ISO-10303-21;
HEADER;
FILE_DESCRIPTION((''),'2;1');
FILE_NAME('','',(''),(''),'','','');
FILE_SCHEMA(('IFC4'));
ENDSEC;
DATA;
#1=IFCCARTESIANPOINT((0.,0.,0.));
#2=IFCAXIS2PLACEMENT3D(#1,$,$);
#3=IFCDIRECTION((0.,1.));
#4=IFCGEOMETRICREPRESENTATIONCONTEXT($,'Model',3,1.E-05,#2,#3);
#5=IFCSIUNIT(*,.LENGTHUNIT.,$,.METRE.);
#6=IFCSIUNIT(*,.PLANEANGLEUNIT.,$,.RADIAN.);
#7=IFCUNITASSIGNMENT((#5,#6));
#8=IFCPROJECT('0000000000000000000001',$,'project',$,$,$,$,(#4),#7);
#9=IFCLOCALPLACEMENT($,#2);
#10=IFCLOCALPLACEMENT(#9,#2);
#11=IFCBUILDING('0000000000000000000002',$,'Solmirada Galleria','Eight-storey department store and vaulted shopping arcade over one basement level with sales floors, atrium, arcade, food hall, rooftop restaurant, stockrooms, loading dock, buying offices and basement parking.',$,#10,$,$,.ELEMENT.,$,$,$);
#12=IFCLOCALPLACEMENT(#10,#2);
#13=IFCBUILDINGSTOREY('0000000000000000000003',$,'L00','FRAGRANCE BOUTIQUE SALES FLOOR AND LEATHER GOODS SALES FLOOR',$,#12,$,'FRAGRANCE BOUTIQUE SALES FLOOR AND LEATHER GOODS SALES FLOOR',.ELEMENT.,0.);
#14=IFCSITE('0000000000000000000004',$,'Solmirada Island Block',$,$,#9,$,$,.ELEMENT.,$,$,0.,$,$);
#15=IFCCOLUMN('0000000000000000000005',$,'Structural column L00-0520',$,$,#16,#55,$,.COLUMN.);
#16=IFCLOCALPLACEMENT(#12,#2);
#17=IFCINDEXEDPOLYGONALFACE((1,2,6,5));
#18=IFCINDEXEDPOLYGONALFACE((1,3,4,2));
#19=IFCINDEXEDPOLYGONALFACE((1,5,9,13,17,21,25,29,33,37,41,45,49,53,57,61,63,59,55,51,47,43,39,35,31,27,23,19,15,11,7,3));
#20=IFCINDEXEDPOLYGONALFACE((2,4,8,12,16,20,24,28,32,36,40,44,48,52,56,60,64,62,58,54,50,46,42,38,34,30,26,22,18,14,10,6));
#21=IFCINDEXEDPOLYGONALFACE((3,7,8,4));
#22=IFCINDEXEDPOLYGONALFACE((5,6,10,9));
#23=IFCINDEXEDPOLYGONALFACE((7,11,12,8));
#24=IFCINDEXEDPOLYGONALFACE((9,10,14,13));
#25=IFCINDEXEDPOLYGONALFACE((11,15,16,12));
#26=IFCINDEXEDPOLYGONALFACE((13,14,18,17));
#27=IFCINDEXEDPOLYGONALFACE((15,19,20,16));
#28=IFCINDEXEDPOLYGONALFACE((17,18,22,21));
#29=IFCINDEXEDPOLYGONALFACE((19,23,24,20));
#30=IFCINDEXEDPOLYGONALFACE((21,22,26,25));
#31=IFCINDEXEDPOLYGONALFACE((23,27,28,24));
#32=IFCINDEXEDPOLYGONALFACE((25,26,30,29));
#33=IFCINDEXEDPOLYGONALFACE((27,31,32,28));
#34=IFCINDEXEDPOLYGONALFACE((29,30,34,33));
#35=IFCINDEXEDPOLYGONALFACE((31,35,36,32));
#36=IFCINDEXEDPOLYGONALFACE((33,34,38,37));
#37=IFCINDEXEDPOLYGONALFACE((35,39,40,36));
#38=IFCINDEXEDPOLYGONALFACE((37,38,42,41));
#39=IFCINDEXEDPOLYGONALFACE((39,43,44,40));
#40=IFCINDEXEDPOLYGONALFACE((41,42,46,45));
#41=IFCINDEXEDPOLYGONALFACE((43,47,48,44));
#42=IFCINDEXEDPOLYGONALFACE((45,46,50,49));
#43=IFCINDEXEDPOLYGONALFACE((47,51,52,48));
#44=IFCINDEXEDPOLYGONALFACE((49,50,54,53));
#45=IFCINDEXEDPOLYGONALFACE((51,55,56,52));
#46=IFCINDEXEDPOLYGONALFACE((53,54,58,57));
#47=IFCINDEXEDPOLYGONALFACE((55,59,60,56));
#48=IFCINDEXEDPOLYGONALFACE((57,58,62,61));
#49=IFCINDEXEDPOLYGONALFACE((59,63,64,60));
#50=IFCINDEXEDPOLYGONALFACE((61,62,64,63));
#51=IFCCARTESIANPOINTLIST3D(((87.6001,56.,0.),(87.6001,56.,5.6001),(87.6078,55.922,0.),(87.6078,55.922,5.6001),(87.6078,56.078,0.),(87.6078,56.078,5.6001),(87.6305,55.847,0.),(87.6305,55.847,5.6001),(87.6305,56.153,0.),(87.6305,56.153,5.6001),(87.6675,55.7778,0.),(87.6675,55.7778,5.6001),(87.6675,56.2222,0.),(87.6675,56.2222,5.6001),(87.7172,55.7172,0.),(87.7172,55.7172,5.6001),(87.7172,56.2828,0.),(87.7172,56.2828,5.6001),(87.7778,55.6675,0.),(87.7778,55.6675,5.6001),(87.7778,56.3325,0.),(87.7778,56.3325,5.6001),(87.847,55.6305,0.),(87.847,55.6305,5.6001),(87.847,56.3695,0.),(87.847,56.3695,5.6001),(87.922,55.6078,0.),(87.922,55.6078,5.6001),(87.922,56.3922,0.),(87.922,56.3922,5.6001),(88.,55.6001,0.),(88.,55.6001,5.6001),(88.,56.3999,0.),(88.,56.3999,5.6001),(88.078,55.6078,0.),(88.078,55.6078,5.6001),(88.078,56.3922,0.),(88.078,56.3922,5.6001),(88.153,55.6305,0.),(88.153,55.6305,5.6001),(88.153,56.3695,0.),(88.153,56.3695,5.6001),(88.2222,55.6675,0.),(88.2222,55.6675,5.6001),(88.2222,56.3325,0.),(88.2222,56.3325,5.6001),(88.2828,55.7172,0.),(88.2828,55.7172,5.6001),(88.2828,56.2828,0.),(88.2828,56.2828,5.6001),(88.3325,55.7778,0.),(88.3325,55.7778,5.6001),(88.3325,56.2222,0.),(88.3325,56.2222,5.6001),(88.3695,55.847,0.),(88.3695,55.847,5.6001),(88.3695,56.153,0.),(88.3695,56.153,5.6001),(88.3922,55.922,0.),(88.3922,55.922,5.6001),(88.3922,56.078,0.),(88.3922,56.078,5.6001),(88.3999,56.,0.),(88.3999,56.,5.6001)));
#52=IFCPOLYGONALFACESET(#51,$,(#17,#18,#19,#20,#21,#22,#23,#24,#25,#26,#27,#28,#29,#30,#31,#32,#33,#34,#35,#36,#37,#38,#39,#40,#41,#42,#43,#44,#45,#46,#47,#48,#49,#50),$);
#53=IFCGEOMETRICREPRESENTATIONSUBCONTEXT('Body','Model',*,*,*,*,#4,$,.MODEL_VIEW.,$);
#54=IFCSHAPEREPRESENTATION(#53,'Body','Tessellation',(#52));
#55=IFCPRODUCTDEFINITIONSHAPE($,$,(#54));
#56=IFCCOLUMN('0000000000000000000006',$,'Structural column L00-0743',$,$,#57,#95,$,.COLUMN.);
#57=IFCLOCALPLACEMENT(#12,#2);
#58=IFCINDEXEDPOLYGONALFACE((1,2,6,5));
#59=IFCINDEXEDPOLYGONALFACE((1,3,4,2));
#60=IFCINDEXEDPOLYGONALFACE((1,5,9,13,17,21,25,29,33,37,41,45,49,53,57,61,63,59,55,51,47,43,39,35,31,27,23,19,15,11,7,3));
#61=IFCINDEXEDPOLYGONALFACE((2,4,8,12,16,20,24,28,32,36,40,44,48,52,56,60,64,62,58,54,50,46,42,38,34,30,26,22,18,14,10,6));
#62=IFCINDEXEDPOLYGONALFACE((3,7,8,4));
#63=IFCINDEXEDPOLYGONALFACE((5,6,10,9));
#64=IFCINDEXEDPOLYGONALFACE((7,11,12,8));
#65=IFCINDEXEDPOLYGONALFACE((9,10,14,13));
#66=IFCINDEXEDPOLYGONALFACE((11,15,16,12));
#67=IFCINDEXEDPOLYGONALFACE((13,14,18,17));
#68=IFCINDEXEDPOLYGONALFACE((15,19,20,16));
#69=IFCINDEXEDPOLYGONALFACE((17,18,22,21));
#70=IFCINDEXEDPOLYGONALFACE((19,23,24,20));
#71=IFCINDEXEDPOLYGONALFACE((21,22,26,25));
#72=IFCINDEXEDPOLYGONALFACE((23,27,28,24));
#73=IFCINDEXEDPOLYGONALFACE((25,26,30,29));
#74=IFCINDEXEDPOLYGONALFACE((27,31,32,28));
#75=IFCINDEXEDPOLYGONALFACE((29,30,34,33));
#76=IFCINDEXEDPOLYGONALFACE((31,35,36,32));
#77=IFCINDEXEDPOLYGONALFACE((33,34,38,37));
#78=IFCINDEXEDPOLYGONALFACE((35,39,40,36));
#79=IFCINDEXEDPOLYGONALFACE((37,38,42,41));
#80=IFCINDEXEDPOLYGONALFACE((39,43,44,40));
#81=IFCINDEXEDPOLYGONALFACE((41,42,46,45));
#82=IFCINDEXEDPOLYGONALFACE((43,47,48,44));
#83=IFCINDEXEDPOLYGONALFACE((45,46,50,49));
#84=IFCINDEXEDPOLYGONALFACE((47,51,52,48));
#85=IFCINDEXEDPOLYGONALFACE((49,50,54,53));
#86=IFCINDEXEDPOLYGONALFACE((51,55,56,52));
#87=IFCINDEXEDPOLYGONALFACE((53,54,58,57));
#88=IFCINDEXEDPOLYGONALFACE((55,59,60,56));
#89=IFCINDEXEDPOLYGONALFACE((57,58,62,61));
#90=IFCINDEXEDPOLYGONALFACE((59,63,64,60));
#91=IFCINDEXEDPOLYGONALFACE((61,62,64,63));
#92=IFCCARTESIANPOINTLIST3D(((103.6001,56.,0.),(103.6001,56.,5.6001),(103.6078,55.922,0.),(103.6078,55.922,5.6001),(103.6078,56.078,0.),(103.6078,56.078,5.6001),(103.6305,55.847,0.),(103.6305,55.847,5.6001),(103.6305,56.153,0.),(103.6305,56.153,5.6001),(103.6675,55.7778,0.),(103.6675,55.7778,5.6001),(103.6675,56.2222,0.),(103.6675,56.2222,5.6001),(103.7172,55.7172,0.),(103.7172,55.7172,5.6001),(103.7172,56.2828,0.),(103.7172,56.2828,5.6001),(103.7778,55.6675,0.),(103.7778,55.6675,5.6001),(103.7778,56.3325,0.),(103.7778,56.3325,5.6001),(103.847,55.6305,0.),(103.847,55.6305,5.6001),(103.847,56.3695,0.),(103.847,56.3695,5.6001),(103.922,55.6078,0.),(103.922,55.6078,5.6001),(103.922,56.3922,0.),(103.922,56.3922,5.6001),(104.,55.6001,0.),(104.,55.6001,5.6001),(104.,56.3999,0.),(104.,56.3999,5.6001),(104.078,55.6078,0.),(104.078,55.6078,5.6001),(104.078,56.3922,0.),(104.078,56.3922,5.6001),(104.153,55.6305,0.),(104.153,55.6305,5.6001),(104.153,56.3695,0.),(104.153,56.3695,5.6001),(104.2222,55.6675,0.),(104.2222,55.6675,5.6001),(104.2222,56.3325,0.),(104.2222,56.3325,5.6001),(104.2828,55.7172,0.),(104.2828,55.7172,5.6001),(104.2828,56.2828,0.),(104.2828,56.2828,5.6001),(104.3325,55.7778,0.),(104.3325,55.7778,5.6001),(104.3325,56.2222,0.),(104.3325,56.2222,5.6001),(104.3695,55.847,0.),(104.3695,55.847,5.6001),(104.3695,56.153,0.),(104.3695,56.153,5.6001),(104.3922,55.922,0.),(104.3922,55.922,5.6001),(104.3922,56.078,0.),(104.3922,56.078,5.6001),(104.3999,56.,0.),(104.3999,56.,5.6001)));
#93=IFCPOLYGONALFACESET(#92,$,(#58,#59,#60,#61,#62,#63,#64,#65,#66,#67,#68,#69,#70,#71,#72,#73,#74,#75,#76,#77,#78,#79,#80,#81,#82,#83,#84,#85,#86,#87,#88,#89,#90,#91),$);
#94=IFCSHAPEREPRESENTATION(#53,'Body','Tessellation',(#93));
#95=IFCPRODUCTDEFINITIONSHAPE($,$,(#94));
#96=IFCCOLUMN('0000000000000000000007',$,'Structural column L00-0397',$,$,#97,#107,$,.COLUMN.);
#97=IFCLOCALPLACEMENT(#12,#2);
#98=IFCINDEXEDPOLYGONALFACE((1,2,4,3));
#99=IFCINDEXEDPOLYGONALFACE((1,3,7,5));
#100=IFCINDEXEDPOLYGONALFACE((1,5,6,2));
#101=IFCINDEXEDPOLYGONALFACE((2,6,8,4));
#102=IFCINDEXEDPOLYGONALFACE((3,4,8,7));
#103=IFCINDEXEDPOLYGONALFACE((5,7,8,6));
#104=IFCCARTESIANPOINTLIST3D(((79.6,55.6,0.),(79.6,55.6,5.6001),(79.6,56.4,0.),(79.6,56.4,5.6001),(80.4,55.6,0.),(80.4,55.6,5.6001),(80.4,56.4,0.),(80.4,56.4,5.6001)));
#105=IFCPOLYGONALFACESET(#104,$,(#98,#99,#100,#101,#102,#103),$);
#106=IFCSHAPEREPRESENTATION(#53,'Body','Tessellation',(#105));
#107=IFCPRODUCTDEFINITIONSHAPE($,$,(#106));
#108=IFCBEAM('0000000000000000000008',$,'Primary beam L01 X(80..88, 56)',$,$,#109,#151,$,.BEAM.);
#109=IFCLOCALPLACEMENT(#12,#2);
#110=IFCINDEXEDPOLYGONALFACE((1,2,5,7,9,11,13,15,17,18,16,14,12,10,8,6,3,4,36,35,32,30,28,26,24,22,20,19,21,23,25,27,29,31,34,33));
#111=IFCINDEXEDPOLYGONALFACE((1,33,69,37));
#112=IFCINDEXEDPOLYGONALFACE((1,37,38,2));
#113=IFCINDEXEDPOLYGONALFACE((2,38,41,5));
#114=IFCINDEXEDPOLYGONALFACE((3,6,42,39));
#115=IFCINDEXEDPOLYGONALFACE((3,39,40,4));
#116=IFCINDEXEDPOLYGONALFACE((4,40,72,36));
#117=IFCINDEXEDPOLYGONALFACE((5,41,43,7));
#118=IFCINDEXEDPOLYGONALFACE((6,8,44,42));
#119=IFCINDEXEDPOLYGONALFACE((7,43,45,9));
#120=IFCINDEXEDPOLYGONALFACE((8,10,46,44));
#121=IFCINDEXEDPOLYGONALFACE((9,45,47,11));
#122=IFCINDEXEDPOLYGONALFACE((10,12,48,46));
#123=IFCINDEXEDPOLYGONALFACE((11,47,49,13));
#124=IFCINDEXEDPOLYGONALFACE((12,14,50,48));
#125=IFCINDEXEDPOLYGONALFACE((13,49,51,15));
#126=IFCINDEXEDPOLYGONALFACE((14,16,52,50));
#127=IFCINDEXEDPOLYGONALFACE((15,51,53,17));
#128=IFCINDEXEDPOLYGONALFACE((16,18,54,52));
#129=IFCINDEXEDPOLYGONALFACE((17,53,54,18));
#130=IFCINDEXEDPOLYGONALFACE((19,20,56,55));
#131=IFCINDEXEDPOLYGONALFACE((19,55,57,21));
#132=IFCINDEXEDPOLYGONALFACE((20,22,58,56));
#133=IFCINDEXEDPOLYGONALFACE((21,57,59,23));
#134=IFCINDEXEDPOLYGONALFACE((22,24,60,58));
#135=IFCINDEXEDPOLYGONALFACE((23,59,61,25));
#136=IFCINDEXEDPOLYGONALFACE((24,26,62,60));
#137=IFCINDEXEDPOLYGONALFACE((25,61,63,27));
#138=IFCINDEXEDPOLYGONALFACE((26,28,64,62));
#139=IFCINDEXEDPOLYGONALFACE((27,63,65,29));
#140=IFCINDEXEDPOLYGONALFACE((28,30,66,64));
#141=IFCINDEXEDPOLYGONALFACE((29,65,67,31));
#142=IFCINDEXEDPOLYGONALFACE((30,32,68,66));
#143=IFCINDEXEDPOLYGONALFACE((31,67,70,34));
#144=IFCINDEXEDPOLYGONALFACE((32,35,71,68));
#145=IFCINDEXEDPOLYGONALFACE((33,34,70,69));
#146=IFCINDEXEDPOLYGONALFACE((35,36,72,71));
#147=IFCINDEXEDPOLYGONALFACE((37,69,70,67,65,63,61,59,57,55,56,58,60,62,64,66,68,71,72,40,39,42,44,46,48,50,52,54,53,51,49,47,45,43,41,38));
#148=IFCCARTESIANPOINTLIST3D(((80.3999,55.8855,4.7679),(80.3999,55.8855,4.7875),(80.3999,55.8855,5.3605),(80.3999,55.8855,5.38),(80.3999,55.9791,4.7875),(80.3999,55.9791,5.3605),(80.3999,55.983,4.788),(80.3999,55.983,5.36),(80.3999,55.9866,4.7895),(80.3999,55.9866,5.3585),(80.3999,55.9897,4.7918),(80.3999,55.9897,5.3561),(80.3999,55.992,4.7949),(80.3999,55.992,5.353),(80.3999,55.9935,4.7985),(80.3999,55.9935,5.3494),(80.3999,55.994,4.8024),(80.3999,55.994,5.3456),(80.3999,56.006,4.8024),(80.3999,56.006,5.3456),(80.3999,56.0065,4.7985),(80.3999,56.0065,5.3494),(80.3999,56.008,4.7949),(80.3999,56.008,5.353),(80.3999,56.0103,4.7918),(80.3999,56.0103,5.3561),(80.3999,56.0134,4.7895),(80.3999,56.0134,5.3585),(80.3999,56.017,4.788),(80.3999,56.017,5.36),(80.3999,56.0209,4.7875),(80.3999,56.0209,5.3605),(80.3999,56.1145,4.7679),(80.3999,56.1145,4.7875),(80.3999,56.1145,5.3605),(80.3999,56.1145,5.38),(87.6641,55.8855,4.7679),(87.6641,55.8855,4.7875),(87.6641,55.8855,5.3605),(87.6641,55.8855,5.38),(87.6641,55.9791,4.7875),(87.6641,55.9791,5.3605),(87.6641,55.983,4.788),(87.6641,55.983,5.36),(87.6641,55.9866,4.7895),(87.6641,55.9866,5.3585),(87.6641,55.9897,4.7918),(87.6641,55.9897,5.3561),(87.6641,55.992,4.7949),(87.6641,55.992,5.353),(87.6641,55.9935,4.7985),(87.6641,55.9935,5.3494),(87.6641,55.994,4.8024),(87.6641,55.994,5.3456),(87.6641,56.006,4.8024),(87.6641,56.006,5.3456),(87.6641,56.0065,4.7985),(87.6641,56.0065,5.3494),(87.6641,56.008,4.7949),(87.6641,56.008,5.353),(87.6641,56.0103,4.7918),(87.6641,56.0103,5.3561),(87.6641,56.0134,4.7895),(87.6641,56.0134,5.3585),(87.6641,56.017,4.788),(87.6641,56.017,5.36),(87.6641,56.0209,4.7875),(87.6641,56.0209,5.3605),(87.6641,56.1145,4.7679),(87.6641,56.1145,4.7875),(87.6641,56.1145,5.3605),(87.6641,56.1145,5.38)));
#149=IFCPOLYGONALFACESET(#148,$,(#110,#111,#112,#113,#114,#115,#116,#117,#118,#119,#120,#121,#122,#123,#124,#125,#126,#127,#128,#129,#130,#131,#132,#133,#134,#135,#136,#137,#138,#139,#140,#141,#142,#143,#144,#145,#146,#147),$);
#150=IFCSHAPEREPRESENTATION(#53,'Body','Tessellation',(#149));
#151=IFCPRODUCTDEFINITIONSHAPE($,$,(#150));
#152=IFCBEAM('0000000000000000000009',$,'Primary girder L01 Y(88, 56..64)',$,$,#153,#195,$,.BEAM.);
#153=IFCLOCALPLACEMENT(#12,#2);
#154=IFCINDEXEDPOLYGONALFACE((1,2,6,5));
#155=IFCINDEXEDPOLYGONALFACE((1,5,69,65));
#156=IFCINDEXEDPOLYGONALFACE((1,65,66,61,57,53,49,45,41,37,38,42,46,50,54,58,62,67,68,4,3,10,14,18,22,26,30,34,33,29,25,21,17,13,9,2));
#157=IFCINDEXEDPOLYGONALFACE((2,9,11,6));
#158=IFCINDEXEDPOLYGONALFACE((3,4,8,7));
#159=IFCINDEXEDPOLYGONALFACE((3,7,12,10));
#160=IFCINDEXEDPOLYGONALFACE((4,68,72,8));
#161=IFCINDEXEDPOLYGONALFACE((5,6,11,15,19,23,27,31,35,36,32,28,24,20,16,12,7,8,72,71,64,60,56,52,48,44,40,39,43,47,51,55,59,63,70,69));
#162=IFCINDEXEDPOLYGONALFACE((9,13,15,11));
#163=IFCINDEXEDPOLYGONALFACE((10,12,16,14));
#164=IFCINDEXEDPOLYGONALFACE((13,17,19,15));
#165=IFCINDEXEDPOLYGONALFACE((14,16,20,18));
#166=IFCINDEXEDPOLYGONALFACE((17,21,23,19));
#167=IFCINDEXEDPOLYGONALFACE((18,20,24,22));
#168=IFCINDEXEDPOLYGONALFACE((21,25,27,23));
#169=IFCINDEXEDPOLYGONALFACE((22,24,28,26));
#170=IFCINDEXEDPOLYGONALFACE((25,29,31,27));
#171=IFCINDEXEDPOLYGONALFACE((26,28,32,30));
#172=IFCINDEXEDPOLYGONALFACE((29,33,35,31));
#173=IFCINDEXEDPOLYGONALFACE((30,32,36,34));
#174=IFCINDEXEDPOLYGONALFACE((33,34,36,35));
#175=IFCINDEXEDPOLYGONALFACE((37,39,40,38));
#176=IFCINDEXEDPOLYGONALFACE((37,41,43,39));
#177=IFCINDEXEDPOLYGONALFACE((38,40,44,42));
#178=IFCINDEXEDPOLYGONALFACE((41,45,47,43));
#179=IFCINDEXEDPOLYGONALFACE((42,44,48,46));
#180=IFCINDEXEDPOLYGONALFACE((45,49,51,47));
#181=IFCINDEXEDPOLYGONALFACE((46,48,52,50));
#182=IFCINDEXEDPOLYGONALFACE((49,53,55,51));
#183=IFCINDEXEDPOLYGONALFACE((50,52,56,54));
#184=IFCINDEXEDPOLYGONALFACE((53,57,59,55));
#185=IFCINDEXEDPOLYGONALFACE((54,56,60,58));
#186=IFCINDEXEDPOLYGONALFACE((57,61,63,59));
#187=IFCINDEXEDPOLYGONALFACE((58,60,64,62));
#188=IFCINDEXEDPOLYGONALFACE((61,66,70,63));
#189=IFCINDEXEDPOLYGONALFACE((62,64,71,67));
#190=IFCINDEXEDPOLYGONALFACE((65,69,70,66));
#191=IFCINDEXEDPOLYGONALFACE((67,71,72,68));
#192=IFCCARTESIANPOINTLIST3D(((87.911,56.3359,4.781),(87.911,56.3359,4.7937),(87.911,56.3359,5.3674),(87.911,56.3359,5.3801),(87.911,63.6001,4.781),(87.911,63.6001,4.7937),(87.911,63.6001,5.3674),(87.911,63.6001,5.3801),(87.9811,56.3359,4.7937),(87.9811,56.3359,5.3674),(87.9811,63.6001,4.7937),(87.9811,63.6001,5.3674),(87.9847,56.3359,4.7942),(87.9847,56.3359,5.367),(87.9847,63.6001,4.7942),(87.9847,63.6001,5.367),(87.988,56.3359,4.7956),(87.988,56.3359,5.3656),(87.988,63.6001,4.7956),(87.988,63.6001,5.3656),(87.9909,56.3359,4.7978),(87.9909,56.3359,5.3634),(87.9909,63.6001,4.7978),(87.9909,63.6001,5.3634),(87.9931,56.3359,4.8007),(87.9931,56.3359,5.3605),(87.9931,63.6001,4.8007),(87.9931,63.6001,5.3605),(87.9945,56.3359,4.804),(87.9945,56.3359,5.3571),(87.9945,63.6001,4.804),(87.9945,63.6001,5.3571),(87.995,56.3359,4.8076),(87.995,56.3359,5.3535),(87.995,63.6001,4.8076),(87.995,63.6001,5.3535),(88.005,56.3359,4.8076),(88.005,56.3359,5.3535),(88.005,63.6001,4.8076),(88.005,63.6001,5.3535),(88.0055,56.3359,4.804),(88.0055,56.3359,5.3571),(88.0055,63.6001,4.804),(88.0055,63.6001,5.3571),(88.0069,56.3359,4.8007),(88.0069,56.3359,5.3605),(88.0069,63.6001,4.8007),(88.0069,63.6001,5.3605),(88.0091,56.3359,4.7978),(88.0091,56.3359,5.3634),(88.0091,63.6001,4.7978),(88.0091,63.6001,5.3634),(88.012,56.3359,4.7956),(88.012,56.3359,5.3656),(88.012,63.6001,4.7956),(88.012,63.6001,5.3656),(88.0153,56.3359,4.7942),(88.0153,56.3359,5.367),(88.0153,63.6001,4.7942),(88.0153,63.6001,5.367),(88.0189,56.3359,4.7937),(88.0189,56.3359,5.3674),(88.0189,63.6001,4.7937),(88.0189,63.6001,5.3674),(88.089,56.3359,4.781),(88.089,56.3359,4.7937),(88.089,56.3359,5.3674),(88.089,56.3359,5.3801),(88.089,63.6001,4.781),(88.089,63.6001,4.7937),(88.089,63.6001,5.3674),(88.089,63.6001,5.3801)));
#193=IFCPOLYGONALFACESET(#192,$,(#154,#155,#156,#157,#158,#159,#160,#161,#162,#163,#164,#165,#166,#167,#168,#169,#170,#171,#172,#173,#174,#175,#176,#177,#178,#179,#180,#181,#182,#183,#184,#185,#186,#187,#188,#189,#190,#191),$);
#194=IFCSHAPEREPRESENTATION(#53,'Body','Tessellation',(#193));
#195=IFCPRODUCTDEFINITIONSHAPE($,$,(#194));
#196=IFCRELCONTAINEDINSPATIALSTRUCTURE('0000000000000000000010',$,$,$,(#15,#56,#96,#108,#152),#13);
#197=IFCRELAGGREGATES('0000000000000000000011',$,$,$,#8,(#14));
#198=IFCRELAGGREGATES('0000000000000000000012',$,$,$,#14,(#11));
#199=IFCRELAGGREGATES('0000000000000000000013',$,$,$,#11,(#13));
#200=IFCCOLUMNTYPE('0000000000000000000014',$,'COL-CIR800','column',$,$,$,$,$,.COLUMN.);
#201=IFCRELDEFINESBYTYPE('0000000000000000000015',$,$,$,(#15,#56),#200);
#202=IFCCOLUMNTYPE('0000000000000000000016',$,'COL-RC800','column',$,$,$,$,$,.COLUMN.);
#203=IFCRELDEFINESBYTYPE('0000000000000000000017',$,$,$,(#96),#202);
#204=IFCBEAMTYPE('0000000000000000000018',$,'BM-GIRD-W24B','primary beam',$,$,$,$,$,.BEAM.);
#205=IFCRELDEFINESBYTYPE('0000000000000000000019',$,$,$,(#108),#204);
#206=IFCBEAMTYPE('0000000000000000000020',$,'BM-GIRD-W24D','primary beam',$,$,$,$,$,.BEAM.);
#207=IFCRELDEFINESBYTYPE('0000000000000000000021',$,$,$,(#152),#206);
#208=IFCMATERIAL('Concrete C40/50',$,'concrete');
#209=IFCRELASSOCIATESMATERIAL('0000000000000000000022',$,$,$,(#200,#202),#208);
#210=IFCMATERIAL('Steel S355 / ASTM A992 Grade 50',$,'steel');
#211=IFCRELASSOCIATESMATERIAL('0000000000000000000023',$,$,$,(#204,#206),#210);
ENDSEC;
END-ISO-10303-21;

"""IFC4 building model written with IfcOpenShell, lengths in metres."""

from ifc_helpers import new_model, si_unit, direction, frame, origin, origin_2d, place, context, subcontext, project, spatial, rectangle, circle, i_section, extrude, material, material_profile, profile_set, type_object, element, save


model = new_model("IFC4")

# Units and contexts
model_context = context("Model", 3, precision=1e-05, world=origin(), true_north=direction((0.0, 1.0)))
body_context = subcontext(model_context, "Body", "Model", "MODEL_VIEW")
ifc_project = project(units=[si_unit("LENGTHUNIT", "METRE"), si_unit("PLANEANGLEUNIT", "RADIAN")], contexts=[model_context])

# Site, building, storey
site_placement = place(None, origin())
site = spatial("IfcSite", under=ifc_project, at=site_placement, Name="Solmirada Island Block", CompositionType="ELEMENT", RefElevation=0.0)
building_placement = place(site_placement, origin())
building = spatial("IfcBuilding", under=site, at=building_placement, Name="Solmirada Galleria", Description="Eight-storey department store and vaulted shopping arcade over one basement level with sales floors, atrium, arcade, food hall, rooftop restaurant, stockrooms, loading dock, buying offices and basement parking.", CompositionType="ELEMENT")
storey_placement = place(building_placement, origin())
storey = spatial("IfcBuildingStorey", under=building, at=storey_placement, Name="L00", Description="FRAGRANCE BOUTIQUE SALES FLOOR AND LEATHER GOODS SALES FLOOR", LongName="FRAGRANCE BOUTIQUE SALES FLOOR AND LEATHER GOODS SALES FLOOR", CompositionType="ELEMENT", Elevation=0.0)

# Columns
ifc_material_1 = material(Name="Concrete C40/50", Category="concrete")
ifc_material_profile_1 = material_profile(ifc_material_1, circle(Radius=0.3999, at=origin_2d()), Name="RCCOL800")
ifc_profile_set_1 = profile_set([ifc_material_profile_1], Name="Concrete C40/50")
column_type_1 = type_object("IfcColumnType", Name="COL-CIR800", Description="column", PredefinedType="COLUMN", material=ifc_profile_set_1)
for number, where, z_axis, x_axis, name in (
    (1, (88.0, 56.0, 0.0), (0.0, 0.0, 1.0), (1.0, 0.0, 0.0), "Structural column L00-0520"),
    (2, (104.0, 56.0, 0.0), (0.0, 0.0, 1.0), (1.0, 0.0, 0.0), "Structural column L00-0743"),
):
    element("IfcColumn", number, at=place(storey_placement, frame(where, z_axis=z_axis, x_axis=x_axis)), inside=storey, type_object=column_type_1, Name=name, PredefinedType="COLUMN", context=body_context, shape_type="SweptSolid", body=[
        extrude(circle(Radius=0.3999, at=origin_2d()), origin(), (0.0, 0.0, 1.0), 5.6001),
    ])
ifc_material_profile_2 = material_profile(ifc_material_1, rectangle(XDim=0.8, YDim=0.8, at=origin_2d()), Name="RC800X800")
ifc_profile_set_2 = profile_set([ifc_material_profile_2], Name="Concrete C40/50")
column_type_2 = type_object("IfcColumnType", Name="COL-RC800", Description="column", PredefinedType="COLUMN", material=ifc_profile_set_2)
column_placement = place(storey_placement, frame((80.0, 56.0, 0.0), z_axis=(0.0, 0.0, 1.0), x_axis=(1.0, 0.0, 0.0)))
element("IfcColumn", 3, at=column_placement, inside=storey, type_object=column_type_2, Name="Structural column L00-0397", PredefinedType="COLUMN", context=body_context, shape_type="SweptSolid", body=[
    extrude(rectangle(XDim=0.8, YDim=0.8, at=origin_2d()), origin(), (0.0, 0.0, 1.0), 5.6001),
])

# Beams
ifc_material_2 = material(Name="Steel S355 / ASTM A992 Grade 50", Category="steel")
ifc_material_profile_3 = material_profile(ifc_material_2, i_section(OverallWidth=0.229, OverallDepth=0.6121, WebThickness=0.012, FlangeThickness=0.0195, FilletRadius=0.0149, at=origin_2d()), Name="W24X84")
ifc_profile_set_3 = profile_set([ifc_material_profile_3], Name="Steel S355 / ASTM A992 Grade 50")
beam_type_1 = type_object("IfcBeamType", Name="BM-GIRD-W24B", Description="primary beam", PredefinedType="BEAM", material=ifc_profile_set_3)
beam_1_placement = place(storey_placement, frame((80.3999, 56.0, 5.074), z_axis=(1.0, 0.0, 0.0), x_axis=(0.0, 1.0, 0.0)))
element("IfcBeam", 4, at=beam_1_placement, inside=storey, type_object=beam_type_1, Name="Primary beam L01 X(80..88, 56)", PredefinedType="BEAM", context=body_context, shape_type="SweptSolid", body=[
    extrude(i_section(OverallWidth=0.229, OverallDepth=0.6121, WebThickness=0.012, FlangeThickness=0.0195, FilletRadius=0.0149, at=origin_2d()), origin(), (0.0, 0.0, 1.0), 7.2642),
])
ifc_material_profile_4 = material_profile(ifc_material_2, i_section(OverallWidth=0.178, OverallDepth=0.5991, WebThickness=0.01, FlangeThickness=0.0127, FilletRadius=0.0139, at=origin_2d()), Name="W24X55")
ifc_profile_set_4 = profile_set([ifc_material_profile_4], Name="Steel S355 / ASTM A992 Grade 50")
beam_type_2 = type_object("IfcBeamType", Name="BM-GIRD-W24D", Description="primary beam", PredefinedType="BEAM", material=ifc_profile_set_4)
beam_2_placement = place(storey_placement, frame((88.0, 56.3359, 5.0806), z_axis=(0.0, 1.0, 0.0), x_axis=(-1.0, 0.0, 0.0)))
element("IfcBeam", 5, at=beam_2_placement, inside=storey, type_object=beam_type_2, Name="Primary girder L01 Y(88, 56..64)", PredefinedType="BEAM", context=body_context, shape_type="SweptSolid", body=[
    extrude(i_section(OverallWidth=0.178, OverallDepth=0.5991, WebThickness=0.01, FlangeThickness=0.0127, FilletRadius=0.0139, at=origin_2d()), origin(), (0.0, 0.0, 1.0), 7.2642),
])

save(model, "model.ifc")
